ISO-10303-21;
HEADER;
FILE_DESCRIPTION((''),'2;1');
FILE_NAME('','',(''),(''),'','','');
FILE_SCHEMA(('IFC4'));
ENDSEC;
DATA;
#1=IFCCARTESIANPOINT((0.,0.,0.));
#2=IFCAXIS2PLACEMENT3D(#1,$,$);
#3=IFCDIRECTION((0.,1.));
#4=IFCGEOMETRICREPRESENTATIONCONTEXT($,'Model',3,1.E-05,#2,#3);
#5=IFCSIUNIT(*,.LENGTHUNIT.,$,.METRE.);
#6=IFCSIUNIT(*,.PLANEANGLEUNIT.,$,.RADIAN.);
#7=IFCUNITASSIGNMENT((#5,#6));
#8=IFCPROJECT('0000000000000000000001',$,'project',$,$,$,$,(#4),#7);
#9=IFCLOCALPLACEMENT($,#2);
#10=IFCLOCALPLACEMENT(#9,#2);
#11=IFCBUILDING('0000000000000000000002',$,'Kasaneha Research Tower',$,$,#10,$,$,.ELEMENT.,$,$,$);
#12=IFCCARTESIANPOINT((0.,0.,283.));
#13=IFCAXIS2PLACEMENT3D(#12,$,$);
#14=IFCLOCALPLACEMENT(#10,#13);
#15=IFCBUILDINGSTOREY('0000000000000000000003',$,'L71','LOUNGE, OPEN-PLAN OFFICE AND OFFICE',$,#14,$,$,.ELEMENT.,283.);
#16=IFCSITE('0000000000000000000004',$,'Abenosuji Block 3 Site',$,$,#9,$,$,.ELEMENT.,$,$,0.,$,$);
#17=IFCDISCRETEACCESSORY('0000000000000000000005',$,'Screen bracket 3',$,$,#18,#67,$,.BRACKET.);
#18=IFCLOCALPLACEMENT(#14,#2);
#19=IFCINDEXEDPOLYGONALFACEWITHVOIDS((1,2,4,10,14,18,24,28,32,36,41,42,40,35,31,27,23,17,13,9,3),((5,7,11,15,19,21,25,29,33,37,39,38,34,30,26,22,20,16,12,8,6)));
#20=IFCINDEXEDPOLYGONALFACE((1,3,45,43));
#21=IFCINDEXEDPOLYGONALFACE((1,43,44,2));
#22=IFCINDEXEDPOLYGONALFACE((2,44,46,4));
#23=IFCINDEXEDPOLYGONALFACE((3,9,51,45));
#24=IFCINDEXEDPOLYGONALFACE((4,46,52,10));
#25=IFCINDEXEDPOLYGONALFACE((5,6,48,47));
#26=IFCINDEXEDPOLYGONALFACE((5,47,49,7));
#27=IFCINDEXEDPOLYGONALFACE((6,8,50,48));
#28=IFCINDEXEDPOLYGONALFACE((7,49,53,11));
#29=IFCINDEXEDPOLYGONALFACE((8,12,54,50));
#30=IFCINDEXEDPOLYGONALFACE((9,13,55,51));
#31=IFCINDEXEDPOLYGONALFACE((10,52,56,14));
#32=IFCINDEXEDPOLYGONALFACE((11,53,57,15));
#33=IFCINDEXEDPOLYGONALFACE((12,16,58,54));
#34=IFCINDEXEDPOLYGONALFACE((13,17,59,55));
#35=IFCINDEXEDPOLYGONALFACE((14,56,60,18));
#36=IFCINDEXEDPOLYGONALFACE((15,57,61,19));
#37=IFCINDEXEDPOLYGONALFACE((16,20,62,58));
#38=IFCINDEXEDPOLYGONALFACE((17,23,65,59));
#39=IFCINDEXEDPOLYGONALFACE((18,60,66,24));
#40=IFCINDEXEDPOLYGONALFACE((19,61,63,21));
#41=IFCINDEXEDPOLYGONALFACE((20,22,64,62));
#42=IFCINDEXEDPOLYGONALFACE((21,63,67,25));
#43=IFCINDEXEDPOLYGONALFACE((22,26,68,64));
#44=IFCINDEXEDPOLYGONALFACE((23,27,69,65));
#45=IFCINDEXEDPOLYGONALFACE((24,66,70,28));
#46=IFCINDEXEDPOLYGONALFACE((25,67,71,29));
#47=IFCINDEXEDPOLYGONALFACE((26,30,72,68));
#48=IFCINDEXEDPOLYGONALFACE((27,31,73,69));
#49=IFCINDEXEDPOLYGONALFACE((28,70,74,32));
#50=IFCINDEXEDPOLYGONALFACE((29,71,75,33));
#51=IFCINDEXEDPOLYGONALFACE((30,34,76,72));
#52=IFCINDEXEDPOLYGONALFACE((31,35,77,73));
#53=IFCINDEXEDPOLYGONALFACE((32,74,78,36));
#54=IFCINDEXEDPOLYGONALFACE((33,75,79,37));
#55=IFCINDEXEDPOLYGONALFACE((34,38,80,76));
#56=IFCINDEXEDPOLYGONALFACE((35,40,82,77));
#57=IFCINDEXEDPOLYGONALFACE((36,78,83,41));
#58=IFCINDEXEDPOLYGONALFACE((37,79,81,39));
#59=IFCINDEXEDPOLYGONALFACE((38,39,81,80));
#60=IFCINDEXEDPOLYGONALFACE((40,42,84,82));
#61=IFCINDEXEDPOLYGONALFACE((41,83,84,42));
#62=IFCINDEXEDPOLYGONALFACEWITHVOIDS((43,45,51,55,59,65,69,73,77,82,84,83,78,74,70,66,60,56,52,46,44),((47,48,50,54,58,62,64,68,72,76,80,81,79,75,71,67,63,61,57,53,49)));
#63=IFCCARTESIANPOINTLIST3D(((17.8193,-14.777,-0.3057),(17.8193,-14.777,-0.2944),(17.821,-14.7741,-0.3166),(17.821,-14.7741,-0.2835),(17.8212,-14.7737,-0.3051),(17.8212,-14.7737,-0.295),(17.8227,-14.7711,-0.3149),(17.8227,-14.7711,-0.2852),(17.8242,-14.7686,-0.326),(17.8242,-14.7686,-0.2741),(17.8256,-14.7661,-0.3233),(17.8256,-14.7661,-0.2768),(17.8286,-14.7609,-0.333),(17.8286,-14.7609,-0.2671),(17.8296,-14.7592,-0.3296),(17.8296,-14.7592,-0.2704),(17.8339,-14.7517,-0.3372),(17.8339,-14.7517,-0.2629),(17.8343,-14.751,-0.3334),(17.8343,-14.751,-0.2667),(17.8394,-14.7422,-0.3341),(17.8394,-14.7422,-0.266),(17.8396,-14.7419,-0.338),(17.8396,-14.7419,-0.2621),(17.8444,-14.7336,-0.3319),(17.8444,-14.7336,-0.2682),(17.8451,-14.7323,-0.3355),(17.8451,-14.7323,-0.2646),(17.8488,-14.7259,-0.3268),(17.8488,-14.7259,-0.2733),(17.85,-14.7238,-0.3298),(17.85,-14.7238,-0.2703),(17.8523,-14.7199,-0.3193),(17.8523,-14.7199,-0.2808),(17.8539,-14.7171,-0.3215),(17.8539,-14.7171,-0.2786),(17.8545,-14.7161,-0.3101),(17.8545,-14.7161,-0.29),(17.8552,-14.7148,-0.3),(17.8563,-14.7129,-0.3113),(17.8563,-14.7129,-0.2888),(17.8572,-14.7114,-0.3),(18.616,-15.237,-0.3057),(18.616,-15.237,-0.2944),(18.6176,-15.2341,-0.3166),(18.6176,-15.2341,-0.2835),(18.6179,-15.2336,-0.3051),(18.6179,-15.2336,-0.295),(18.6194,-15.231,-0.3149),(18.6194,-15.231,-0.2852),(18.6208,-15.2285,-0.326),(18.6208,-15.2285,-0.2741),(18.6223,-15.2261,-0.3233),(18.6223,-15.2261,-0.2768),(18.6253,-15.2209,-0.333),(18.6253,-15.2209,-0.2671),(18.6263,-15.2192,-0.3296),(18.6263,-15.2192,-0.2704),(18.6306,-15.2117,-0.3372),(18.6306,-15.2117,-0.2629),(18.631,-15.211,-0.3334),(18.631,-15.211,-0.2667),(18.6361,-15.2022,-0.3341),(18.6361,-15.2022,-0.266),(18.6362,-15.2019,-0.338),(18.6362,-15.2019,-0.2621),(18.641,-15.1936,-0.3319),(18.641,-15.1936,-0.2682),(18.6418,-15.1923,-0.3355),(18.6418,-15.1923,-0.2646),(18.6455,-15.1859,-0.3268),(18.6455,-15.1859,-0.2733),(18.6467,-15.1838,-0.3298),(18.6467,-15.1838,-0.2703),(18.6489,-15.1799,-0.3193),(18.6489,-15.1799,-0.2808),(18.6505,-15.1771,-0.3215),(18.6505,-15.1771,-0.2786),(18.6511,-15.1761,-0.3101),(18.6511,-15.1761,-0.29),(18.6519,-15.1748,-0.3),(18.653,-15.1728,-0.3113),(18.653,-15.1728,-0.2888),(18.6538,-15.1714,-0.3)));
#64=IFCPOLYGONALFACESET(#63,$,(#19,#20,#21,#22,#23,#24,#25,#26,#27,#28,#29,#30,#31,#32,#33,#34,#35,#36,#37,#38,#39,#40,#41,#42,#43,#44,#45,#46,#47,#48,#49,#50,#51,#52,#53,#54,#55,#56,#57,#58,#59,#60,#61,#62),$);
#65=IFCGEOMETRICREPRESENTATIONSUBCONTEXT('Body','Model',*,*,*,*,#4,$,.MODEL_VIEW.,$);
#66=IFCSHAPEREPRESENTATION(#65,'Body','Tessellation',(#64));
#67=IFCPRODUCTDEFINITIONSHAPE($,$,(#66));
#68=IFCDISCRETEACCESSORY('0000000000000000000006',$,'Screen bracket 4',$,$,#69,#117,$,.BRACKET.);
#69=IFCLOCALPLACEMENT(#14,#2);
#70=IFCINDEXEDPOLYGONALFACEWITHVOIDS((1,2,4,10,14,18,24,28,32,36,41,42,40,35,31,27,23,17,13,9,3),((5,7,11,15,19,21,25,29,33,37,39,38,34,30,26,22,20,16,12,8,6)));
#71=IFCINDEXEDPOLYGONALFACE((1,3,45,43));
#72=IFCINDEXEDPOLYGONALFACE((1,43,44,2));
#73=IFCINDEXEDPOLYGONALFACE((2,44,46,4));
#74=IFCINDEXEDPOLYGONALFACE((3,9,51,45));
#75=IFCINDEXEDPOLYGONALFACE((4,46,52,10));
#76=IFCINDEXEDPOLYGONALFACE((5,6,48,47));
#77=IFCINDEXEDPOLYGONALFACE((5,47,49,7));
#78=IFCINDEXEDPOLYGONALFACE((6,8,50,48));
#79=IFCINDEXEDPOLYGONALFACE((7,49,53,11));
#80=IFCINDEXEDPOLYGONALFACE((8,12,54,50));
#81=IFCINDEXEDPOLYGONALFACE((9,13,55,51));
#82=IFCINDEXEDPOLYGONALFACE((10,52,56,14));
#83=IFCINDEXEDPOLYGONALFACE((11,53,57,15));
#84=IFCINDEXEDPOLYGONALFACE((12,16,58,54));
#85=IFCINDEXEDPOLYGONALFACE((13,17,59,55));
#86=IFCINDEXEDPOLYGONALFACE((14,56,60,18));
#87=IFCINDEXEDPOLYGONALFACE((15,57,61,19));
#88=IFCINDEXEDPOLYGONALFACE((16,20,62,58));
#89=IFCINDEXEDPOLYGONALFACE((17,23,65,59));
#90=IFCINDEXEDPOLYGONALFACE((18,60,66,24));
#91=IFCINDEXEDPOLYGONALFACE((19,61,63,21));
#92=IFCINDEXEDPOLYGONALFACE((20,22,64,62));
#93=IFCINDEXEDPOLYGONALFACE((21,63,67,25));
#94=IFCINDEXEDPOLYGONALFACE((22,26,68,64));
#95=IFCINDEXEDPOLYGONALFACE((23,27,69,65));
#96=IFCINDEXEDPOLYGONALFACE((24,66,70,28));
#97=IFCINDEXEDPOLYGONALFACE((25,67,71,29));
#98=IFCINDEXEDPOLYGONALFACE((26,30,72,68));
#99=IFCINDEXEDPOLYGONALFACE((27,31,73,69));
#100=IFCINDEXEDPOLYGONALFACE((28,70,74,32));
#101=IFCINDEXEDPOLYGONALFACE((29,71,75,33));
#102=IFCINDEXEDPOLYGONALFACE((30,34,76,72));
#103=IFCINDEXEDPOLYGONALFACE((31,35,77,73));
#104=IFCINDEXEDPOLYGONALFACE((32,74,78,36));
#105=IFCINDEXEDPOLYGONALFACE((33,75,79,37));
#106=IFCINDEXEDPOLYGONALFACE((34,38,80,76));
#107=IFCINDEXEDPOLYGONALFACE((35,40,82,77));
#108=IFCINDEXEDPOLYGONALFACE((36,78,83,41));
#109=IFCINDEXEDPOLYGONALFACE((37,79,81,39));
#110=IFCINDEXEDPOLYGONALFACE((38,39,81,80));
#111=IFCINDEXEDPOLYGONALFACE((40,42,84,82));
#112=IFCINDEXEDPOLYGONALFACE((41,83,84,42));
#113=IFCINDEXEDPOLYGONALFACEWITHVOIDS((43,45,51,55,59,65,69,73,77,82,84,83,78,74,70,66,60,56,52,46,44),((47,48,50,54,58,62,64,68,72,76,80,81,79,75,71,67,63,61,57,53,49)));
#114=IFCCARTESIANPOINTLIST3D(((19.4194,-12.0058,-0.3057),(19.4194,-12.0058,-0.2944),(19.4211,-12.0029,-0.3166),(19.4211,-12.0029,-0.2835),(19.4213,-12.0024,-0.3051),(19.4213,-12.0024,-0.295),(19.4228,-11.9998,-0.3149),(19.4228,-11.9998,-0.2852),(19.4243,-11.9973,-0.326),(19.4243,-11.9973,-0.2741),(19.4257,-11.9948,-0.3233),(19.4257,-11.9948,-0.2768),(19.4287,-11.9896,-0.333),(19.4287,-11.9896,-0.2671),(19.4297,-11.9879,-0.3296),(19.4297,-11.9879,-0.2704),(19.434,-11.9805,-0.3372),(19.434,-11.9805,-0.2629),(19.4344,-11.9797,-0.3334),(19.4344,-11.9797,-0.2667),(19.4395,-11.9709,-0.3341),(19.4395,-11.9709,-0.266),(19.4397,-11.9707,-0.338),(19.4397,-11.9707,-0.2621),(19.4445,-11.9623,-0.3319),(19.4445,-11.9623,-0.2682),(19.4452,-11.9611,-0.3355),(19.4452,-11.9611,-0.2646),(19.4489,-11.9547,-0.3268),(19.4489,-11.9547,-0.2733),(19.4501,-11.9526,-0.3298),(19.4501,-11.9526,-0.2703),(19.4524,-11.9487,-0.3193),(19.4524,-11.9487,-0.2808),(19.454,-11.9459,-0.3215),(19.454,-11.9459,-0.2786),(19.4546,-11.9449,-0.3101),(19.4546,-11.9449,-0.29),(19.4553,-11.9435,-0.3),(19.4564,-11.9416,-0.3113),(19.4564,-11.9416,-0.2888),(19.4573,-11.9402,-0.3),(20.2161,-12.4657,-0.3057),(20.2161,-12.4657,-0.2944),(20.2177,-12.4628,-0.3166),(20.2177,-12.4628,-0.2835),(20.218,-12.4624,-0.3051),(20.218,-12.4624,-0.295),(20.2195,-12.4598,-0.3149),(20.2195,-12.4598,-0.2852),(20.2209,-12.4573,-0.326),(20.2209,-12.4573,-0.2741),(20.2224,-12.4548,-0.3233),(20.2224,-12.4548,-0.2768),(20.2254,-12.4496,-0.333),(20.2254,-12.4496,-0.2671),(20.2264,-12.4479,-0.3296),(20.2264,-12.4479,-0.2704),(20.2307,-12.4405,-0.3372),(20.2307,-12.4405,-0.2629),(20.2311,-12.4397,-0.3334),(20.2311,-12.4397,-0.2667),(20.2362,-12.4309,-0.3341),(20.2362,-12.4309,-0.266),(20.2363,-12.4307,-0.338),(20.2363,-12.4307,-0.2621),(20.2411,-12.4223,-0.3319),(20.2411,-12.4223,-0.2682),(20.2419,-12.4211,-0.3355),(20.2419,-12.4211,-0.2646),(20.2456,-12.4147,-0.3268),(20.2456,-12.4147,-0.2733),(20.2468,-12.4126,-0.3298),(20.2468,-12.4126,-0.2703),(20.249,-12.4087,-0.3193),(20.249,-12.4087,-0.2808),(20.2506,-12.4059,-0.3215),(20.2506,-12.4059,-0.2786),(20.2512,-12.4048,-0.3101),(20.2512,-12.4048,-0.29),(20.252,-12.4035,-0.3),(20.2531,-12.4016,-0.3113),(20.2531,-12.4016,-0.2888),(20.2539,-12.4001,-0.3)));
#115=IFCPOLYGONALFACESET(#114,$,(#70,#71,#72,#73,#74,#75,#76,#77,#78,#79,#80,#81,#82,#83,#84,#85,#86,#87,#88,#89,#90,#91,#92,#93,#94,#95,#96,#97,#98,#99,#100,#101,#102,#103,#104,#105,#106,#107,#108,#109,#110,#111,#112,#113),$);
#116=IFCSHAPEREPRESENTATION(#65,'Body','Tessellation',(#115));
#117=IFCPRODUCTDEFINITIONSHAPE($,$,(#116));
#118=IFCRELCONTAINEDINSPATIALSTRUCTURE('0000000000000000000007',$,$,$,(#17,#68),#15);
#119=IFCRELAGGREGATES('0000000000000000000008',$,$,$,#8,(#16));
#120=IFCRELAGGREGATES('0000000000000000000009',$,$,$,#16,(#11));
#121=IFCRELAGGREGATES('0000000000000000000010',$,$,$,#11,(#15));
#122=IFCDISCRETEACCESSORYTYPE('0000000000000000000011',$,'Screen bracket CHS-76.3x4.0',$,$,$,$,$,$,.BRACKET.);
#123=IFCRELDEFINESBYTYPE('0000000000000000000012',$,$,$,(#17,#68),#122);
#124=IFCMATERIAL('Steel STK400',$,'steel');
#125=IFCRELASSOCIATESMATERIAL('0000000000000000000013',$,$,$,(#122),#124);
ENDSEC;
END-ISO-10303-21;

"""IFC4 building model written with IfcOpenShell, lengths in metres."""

from ifc_helpers import new_model, si_unit, direction, frame, origin, origin_2d, place, context, subcontext, project, spatial, hollow_circle, extrude, material, material_profile, profile_set, type_object, element, save


model = new_model("IFC4")

# Units and contexts
model_context = context("Model", 3, precision=1e-05, world=origin(), true_north=direction((0.0, 1.0)))
body_context = subcontext(model_context, "Body", "Model", "MODEL_VIEW")
ifc_project = project(units=[si_unit("LENGTHUNIT", "METRE"), si_unit("PLANEANGLEUNIT", "RADIAN")], contexts=[model_context])

# Site, building, storey
site_placement = place(None, origin())
site = spatial("IfcSite", under=ifc_project, at=site_placement, Name="Abenosuji Block 3 Site", CompositionType="ELEMENT", RefElevation=0.0)
building_placement = place(site_placement, origin())
building = spatial("IfcBuilding", under=site, at=building_placement, Name="Kasaneha Research Tower", CompositionType="ELEMENT")
storey_placement = place(building_placement, frame((0.0, 0.0, 283.0)))
storey = spatial("IfcBuildingStorey", under=building, at=storey_placement, Name="L71", Description="LOUNGE, OPEN-PLAN OFFICE AND OFFICE", CompositionType="ELEMENT", Elevation=283.0)

# Discrete accessories
ifc_material_1 = material(Name="Steel STK400", Category="steel")
ifc_material_profile_1 = material_profile(ifc_material_1, hollow_circle(Radius=0.0381, WallThickness=0.0039, at=origin_2d()), Name="CHS-76.3x4.0")
ifc_profile_set_1 = profile_set([ifc_material_profile_1], Name="Steel STK400")
discrete_accessory_type = type_object("IfcDiscreteAccessoryType", Name="Screen bracket CHS-76.3x4.0", PredefinedType="BRACKET", material=ifc_profile_set_1)
for number, where, z_axis, x_axis, name in (
    (1, (17.8381, -14.7444, -0.3), (0.866013, -0.500021, 0.0), (0.500021, 0.866013, 0.0), "Screen bracket 3"),
    (2, (19.4382, -11.9731, -0.3), (0.866013, -0.500021, 0.0), (0.500021, 0.866013, 0.0), "Screen bracket 4"),
):
    element("IfcDiscreteAccessory", number, at=place(storey_placement, frame(where, z_axis=z_axis, x_axis=x_axis)), inside=storey, type_object=discrete_accessory_type, Name=name, PredefinedType="BRACKET", context=body_context, shape_type="SweptSolid", body=[
        extrude(hollow_circle(Radius=0.0381, WallThickness=0.0039, at=origin_2d()), origin(), (0.0, 0.0, 1.0), 0.9199),
    ])

save(model, "model.ifc")
